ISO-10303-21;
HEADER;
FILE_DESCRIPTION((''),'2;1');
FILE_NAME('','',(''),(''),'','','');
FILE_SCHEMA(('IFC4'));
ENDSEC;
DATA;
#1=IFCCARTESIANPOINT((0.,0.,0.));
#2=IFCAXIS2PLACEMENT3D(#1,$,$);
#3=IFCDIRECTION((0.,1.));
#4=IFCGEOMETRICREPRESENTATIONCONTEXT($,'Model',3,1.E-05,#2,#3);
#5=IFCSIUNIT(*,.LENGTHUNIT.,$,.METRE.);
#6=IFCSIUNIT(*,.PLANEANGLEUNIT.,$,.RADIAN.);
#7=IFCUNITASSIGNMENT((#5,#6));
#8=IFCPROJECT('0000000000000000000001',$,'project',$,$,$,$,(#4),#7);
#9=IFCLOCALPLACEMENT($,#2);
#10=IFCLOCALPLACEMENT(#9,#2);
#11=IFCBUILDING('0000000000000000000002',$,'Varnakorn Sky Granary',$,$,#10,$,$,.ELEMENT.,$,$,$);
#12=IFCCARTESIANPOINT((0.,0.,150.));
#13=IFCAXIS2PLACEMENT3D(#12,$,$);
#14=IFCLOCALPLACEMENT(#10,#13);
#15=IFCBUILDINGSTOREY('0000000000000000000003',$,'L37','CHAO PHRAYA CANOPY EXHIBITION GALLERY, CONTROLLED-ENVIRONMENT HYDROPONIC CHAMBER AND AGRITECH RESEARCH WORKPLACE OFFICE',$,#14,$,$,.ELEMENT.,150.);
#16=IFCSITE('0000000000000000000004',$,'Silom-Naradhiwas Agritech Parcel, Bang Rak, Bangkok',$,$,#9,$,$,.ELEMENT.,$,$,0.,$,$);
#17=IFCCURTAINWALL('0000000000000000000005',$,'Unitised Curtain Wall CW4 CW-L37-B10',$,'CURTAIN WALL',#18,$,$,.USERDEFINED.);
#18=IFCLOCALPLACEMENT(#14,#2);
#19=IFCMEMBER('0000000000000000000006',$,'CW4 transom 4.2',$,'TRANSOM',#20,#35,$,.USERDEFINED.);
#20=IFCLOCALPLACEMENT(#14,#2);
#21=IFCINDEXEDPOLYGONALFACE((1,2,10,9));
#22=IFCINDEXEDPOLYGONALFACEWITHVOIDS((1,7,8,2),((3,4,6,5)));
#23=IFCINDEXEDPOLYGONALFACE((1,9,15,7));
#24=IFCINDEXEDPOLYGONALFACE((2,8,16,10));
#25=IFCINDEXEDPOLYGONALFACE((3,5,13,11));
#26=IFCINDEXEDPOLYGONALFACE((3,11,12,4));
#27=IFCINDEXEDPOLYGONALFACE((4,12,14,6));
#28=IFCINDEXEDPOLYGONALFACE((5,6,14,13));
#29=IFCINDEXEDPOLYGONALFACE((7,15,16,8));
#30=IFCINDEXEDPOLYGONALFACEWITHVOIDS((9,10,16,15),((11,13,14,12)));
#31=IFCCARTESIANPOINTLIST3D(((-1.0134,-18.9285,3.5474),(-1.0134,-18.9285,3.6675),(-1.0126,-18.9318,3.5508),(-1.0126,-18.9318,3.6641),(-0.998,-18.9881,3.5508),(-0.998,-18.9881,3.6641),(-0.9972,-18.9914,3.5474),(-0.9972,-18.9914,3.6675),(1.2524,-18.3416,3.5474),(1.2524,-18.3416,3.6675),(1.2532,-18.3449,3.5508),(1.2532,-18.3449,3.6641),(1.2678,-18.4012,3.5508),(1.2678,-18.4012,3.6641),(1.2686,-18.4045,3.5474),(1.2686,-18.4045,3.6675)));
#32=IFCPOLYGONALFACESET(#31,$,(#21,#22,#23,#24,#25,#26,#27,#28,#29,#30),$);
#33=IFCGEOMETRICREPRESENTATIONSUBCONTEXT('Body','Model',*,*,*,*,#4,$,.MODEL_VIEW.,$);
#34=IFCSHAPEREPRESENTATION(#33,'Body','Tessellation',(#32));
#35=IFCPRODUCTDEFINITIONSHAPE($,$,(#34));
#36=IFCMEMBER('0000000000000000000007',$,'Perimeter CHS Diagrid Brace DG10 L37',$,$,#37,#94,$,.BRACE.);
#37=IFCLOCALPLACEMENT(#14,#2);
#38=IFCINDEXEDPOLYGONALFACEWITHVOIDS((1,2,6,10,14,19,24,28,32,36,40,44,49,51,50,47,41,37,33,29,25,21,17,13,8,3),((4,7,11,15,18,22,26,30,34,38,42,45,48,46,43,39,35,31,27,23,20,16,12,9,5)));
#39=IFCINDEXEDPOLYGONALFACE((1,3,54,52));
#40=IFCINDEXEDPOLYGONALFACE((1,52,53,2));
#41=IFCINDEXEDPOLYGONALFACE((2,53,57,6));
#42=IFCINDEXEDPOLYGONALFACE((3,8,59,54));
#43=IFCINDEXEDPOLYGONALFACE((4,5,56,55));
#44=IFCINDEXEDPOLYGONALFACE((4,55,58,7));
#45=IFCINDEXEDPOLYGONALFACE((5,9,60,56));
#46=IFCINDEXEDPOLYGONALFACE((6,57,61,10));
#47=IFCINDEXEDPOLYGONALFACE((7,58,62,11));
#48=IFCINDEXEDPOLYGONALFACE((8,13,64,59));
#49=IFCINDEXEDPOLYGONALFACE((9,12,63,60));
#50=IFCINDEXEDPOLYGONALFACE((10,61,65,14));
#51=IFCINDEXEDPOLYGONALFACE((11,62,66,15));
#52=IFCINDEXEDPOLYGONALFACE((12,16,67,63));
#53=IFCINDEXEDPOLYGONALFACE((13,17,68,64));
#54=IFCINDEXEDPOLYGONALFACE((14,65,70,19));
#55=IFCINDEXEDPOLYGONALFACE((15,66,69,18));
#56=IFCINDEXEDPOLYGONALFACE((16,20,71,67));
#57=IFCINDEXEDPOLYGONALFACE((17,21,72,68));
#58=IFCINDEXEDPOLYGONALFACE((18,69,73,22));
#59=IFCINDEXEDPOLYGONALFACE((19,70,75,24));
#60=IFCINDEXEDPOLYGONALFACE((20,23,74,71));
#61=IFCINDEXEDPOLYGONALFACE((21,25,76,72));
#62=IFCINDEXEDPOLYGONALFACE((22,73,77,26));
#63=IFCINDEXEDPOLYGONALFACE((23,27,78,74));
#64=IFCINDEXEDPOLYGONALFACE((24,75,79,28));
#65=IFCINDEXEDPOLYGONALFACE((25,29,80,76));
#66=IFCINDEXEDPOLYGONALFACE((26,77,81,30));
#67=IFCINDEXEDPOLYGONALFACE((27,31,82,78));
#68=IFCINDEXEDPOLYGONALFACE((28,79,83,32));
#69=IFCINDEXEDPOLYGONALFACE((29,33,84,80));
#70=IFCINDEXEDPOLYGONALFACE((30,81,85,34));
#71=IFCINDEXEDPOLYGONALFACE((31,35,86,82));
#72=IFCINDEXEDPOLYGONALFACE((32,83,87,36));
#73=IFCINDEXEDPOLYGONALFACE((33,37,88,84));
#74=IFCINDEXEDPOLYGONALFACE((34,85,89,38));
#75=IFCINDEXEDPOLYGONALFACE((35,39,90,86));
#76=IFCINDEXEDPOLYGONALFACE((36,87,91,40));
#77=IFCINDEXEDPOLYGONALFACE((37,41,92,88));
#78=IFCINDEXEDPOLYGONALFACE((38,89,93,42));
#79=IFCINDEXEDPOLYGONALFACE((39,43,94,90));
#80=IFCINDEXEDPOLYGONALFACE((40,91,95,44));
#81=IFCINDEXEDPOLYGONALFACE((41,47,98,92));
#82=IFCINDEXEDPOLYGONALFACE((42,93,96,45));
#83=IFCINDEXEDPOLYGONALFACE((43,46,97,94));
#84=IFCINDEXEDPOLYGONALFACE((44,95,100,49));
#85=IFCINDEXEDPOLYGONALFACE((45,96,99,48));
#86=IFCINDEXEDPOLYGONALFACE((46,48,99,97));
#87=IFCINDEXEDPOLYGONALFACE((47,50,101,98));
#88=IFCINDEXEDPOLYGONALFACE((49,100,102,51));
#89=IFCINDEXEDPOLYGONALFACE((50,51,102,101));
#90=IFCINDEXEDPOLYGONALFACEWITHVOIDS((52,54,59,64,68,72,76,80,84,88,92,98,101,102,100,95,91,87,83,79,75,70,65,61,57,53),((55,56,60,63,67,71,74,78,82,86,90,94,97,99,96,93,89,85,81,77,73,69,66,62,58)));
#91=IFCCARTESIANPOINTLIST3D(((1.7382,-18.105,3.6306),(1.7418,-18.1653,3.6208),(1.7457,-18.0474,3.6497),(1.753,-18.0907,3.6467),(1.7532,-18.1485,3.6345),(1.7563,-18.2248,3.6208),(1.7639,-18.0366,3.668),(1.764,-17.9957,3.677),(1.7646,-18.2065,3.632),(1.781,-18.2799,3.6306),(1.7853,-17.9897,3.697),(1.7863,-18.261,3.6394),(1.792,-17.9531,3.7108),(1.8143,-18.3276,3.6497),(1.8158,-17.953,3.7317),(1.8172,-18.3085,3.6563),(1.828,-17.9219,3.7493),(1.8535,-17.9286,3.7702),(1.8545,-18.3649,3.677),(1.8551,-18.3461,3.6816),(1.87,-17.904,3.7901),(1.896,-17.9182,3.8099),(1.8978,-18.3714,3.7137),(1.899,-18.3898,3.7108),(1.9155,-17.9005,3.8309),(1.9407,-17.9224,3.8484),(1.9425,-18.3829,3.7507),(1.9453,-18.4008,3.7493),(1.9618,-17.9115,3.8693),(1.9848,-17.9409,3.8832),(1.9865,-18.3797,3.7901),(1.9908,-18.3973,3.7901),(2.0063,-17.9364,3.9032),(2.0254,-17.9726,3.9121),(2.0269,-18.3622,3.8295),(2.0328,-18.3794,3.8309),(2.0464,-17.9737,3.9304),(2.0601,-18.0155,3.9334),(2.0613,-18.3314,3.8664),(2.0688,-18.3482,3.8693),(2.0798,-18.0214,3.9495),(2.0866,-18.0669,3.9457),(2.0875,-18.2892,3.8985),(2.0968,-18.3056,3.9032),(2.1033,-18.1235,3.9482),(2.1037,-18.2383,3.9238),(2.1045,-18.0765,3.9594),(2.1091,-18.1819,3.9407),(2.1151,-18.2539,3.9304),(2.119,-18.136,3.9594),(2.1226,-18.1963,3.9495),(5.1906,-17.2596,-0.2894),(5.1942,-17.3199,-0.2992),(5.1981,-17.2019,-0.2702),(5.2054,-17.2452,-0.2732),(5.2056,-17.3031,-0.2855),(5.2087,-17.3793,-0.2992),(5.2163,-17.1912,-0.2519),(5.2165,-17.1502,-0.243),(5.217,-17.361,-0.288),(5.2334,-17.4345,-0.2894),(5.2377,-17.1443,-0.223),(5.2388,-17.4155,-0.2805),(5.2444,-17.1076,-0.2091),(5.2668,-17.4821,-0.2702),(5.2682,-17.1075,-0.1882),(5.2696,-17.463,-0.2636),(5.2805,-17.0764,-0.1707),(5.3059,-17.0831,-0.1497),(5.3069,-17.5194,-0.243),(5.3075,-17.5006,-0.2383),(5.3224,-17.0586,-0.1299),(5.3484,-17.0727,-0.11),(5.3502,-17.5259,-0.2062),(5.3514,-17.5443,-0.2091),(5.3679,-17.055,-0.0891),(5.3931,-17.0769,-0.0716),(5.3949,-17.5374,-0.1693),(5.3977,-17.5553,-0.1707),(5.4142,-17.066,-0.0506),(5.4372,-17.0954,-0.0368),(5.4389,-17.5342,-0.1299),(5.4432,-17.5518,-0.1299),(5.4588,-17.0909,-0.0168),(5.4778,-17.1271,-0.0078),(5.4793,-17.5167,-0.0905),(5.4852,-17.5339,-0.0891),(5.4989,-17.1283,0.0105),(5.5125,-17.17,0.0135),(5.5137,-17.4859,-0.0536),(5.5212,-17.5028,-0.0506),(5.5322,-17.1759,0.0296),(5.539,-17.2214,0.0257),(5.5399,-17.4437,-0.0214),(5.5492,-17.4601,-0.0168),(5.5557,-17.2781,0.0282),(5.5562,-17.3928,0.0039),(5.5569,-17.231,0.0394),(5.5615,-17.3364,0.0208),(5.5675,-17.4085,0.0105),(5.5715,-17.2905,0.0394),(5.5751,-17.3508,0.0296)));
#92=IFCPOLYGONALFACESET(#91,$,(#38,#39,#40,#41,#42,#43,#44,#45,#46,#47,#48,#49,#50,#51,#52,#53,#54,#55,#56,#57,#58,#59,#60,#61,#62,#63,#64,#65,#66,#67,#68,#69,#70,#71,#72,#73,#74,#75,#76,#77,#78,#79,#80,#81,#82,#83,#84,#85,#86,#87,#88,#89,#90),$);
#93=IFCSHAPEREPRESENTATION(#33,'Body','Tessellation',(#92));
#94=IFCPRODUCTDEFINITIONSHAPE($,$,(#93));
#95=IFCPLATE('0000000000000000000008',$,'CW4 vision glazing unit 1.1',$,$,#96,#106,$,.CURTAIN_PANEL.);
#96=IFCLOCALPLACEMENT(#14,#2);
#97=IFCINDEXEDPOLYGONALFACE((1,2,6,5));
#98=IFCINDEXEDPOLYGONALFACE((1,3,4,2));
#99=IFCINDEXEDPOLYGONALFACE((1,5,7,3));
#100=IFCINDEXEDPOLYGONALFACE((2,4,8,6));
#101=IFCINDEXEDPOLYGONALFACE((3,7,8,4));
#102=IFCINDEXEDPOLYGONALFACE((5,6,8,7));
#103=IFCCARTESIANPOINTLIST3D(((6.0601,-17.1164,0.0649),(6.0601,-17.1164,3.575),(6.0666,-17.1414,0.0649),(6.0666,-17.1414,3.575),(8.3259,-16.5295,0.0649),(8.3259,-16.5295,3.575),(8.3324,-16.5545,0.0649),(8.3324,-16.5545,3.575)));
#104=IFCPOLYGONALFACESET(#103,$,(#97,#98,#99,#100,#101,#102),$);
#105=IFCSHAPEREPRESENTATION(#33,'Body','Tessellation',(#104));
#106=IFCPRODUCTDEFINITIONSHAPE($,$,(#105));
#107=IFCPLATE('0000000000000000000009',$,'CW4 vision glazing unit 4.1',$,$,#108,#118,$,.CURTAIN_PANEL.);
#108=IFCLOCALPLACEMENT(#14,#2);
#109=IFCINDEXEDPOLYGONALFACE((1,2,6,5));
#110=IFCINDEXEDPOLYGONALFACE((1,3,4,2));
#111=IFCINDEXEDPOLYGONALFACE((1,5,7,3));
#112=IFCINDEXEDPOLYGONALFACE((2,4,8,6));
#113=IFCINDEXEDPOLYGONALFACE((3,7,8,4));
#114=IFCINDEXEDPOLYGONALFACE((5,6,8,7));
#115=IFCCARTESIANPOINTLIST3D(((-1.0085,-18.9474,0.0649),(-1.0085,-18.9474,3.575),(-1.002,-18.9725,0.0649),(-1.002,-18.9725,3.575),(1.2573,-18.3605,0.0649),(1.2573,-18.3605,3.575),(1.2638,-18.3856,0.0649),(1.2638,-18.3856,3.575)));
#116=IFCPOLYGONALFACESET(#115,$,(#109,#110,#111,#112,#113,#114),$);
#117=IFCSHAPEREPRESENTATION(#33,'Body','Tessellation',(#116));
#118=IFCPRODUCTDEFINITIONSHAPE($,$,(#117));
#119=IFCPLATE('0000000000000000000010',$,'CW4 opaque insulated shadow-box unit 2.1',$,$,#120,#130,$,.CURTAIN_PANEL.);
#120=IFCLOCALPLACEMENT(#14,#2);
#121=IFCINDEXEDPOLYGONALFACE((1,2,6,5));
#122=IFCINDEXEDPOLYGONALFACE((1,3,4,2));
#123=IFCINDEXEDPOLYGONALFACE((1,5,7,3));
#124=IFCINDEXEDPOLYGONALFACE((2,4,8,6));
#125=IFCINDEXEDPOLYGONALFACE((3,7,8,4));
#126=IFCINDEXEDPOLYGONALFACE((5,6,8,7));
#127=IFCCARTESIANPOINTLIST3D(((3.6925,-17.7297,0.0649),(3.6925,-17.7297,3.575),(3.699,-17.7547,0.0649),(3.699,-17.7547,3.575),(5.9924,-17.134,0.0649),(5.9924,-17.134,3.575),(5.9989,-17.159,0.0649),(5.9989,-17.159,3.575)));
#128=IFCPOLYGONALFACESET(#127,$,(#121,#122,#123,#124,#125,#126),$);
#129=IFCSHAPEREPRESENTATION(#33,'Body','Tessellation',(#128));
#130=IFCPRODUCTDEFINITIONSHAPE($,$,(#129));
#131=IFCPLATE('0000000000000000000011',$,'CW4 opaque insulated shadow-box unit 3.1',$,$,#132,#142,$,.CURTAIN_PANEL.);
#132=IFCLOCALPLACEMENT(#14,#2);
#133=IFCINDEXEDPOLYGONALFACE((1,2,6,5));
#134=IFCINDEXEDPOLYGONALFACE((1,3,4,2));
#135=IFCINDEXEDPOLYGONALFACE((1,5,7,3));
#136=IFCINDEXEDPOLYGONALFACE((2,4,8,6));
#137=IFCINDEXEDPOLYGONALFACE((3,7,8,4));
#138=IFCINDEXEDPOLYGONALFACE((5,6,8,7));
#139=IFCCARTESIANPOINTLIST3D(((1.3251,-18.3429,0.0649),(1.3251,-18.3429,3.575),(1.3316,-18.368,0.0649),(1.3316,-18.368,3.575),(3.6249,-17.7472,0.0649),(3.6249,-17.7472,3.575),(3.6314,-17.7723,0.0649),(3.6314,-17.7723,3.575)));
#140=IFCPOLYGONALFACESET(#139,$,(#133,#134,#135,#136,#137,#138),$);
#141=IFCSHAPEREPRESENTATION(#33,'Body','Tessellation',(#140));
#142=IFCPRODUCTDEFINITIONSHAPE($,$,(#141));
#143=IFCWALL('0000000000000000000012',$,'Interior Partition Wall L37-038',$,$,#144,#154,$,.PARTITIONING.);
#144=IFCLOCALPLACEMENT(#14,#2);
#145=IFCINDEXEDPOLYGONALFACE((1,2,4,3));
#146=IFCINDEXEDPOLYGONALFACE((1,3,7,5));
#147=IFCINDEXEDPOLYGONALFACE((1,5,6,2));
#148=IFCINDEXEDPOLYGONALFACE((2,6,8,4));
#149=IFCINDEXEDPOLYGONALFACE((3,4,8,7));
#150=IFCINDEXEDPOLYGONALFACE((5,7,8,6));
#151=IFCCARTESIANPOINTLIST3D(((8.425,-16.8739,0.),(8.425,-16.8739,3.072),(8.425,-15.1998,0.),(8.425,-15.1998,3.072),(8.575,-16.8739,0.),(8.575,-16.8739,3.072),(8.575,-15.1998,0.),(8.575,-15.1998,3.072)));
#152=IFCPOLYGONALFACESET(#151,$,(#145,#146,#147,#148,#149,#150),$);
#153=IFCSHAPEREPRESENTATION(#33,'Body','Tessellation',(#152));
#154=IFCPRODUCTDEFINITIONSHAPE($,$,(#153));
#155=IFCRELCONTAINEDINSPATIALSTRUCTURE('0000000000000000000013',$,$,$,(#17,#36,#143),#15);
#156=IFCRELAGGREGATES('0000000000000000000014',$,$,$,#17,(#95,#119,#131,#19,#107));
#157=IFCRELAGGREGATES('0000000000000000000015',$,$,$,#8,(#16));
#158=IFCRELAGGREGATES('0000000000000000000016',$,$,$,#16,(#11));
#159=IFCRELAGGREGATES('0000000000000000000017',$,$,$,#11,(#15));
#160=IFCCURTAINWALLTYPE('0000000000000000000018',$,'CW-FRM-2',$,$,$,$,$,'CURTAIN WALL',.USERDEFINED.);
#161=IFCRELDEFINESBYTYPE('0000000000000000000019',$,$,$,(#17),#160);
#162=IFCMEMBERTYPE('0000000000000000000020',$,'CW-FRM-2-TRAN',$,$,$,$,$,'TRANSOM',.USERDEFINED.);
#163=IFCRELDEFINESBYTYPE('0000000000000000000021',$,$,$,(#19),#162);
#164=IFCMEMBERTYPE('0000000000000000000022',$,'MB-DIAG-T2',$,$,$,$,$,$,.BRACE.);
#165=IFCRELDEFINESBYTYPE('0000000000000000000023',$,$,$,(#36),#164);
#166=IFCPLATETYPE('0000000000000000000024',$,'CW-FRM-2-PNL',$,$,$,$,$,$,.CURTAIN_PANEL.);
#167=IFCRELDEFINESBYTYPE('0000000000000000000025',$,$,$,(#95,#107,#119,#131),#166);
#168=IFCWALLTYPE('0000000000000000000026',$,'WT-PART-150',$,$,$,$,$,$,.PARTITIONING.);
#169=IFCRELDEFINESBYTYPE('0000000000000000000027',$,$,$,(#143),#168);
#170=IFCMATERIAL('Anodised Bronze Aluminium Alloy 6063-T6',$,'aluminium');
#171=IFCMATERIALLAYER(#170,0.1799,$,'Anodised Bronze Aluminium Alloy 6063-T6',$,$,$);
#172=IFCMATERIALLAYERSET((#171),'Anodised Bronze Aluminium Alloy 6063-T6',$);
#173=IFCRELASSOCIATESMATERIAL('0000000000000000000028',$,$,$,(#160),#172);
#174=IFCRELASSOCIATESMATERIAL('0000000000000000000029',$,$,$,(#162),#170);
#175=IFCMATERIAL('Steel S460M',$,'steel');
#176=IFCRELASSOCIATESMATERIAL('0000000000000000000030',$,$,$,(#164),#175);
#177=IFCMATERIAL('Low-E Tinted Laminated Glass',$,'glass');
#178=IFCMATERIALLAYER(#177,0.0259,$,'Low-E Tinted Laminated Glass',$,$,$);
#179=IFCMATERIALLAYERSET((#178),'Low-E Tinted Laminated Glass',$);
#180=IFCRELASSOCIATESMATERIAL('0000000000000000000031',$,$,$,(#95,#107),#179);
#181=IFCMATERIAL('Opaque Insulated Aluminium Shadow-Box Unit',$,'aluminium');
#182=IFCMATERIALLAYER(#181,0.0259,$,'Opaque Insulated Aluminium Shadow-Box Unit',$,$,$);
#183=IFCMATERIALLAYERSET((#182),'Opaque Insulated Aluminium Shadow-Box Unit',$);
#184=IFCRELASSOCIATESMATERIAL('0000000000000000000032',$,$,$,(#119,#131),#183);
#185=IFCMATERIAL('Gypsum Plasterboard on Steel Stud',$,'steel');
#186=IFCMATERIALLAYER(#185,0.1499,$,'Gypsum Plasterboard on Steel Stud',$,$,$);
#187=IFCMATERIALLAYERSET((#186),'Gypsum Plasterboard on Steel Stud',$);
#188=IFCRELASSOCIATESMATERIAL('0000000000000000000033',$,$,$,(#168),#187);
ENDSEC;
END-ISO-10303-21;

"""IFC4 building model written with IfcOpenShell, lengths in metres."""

from ifc_helpers import new_model, si_unit, direction, frame, frame_2d, origin, origin_2d, place, context, subcontext, project, spatial, rectangle, hollow_rectangle, hollow_circle, extrude, source, transform, mapped, material, layer, layer_set, material_profile, profile_set, type_object, type_shapes, element, aggregate, save


model = new_model("IFC4")

# Units and contexts
model_context = context("Model", 3, precision=1e-05, world=origin(), true_north=direction((0.0, 1.0)))
body_context = subcontext(model_context, "Body", "Model", "MODEL_VIEW")
ifc_project = project(units=[si_unit("LENGTHUNIT", "METRE"), si_unit("PLANEANGLEUNIT", "RADIAN")], contexts=[model_context])

# Site, building, storey
site_placement = place(None, origin())
site = spatial("IfcSite", under=ifc_project, at=site_placement, Name="Silom-Naradhiwas Agritech Parcel, Bang Rak, Bangkok", CompositionType="ELEMENT", RefElevation=0.0)
building_placement = place(site_placement, origin())
building = spatial("IfcBuilding", under=site, at=building_placement, Name="Varnakorn Sky Granary", CompositionType="ELEMENT")
storey_placement = place(building_placement, frame((0.0, 0.0, 150.0)))
storey = spatial("IfcBuildingStorey", under=building, at=storey_placement, Name="L37", Description="CHAO PHRAYA CANOPY EXHIBITION GALLERY, CONTROLLED-ENVIRONMENT HYDROPONIC CHAMBER AND AGRITECH RESEARCH WORKPLACE OFFICE", CompositionType="ELEMENT", Elevation=150.0)

# Curtain wall, member
ifc_material_1 = material(Name="Anodised Bronze Aluminium Alloy 6063-T6", Category="aluminium")
ifc_layer_1 = layer(ifc_material_1, 0.1799, Name="Anodised Bronze Aluminium Alloy 6063-T6")
ifc_layer_set_1 = layer_set([ifc_layer_1], Name="Anodised Bronze Aluminium Alloy 6063-T6")
curtain_wall_type = type_object("IfcCurtainWallType", Name="CW-FRM-2", ElementType="CURTAIN WALL", PredefinedType="USERDEFINED", material=ifc_layer_set_1)
curtain_wall_placement = place(storey_placement, origin())
curtain_wall = element("IfcCurtainWall", 1, at=curtain_wall_placement, inside=storey, type_object=curtain_wall_type, Name="Unitised Curtain Wall CW4 CW-L37-B10", ObjectType="CURTAIN WALL", PredefinedType="USERDEFINED")
ifc_material_profile_1 = material_profile(ifc_material_1, hollow_rectangle(XDim=0.0649, YDim=0.1201, WallThickness=0.0034, at=origin_2d()), Name="ALU TRAN 65x120")
ifc_profile_set_1 = profile_set([ifc_material_profile_1], Name="Anodised Bronze Aluminium Alloy 6063-T6")
member_type_1 = type_object("IfcMemberType", Name="CW-FRM-2-TRAN", ElementType="TRANSOM", PredefinedType="USERDEFINED", material=ifc_profile_set_1)
member_1_placement = place(storey_placement, frame((1.2605, -18.373, 3.6074), z_axis=(-0.968052, -0.250749, 0.0), x_axis=(0.250749, -0.968052, 0.0)))
member_1 = element("IfcMember", 2, at=member_1_placement, type_object=member_type_1, Name="CW4 transom 4.2", ObjectType="TRANSOM", PredefinedType="USERDEFINED", context=body_context, shape_type="SweptSolid", body=[
    extrude(hollow_rectangle(XDim=0.0649, YDim=0.1201, WallThickness=0.0034, at=origin_2d()), origin(), (0.0, 0.0, 1.0), 2.3406),
])

# Member
ifc_material_2 = material(Name="Steel S460M", Category="steel")
ifc_material_profile_2 = material_profile(ifc_material_2, hollow_circle(Radius=0.2539, WallThickness=0.0181, at=origin_2d()), Name="CHS 508x18")
ifc_profile_set_2 = profile_set([ifc_material_profile_2], Name="Steel S460M")
member_type_2 = type_object("IfcMemberType", Name="MB-DIAG-T2", PredefinedType="BRACE", material=ifc_profile_set_2)
member_2_placement = place(storey_placement, frame((5.3828, -17.3052, -0.1299), z_axis=(-0.652445, -0.159778, 0.740801), x_axis=(0.237862, -0.971299, 0.0)))
element("IfcMember", 3, at=member_2_placement, inside=storey, type_object=member_type_2, Name="Perimeter CHS Diagrid Brace DG10 L37", PredefinedType="BRACE", context=body_context, shape_type="SweptSolid", body=[
    extrude(hollow_circle(Radius=0.2539, WallThickness=0.0181, at=origin_2d()), origin(), (0.0, 0.0, 1.0), 5.2915),
])

# Plates
ifc_material_3 = material(Name="Low-E Tinted Laminated Glass", Category="glass")
ifc_layer_2 = layer(ifc_material_3, 0.0259, Name="Low-E Tinted Laminated Glass")
ifc_layer_set_2 = layer_set([ifc_layer_2], Name="Low-E Tinted Laminated Glass")
plate_type = type_object("IfcPlateType", Name="CW-FRM-2-PNL", PredefinedType="CURTAIN_PANEL")
shared_shape_1 = source(origin(), body_context, "Body", "SweptSolid", [
    extrude(rectangle(XDim=2.3406, YDim=0.0259, at=origin_2d()), origin(), (0.0, 0.0, 1.0), 3.51),
])
plate_1_placement = place(storey_placement, frame((7.1963, -16.8354, 0.0649), z_axis=(0.0, 0.0, 1.0), x_axis=(-0.968052, -0.250748, 0.0)))
plate_1 = element("IfcPlate", 4, at=plate_1_placement, type_object=plate_type, material=ifc_layer_set_2, Name="CW4 vision glazing unit 1.1", PredefinedType="CURTAIN_PANEL", context=body_context, shape_type="MappedRepresentation", body=[
    mapped(shared_shape_1, transform((0.0, 0.0, 0.0), x_axis=(1.0, 0.0, 0.0), y_axis=(0.0, 1.0, 0.0), z_axis=(0.0, 0.0, 1.0), scale=1.0)),
])
plate_2_placement = place(storey_placement, frame((0.1277, -18.6665, 0.0649), z_axis=(0.0, 0.0, 1.0), x_axis=(-0.968052, -0.250748, 0.0)))
plate_2 = element("IfcPlate", 5, at=plate_2_placement, type_object=plate_type, material=ifc_layer_set_2, Name="CW4 vision glazing unit 4.1", PredefinedType="CURTAIN_PANEL", context=body_context, shape_type="MappedRepresentation", body=[
    mapped(shared_shape_1, transform((0.0, 0.0, 0.0), x_axis=(1.0, 0.0, 0.0), y_axis=(0.0, 1.0, 0.0), z_axis=(0.0, 0.0, 1.0), scale=1.0)),
])
ifc_material_4 = material(Name="Opaque Insulated Aluminium Shadow-Box Unit", Category="aluminium")
ifc_layer_3 = layer(ifc_material_4, 0.0259, Name="Opaque Insulated Aluminium Shadow-Box Unit")
ifc_layer_set_3 = layer_set([ifc_layer_3], Name="Opaque Insulated Aluminium Shadow-Box Unit")
shared_shape_2 = source(origin(), body_context, "Body", "SweptSolid", [
    extrude(rectangle(XDim=2.3757, YDim=0.0259, at=origin_2d()), origin(), (0.0, 0.0, 1.0), 3.51),
])
type_shapes(plate_type, [shared_shape_1, shared_shape_2])
plate_3_placement = place(storey_placement, frame((4.8457, -17.4443, 0.0649), z_axis=(0.0, 0.0, 1.0), x_axis=(-0.968052, -0.250748, 0.0)))
plate_3 = element("IfcPlate", 6, at=plate_3_placement, type_object=plate_type, material=ifc_layer_set_3, Name="CW4 opaque insulated shadow-box unit 2.1", PredefinedType="CURTAIN_PANEL", context=body_context, shape_type="MappedRepresentation", body=[
    mapped(shared_shape_2, transform((0.0, 0.0, 0.0), x_axis=(1.0, 0.0, 0.0), y_axis=(0.0, 1.0, 0.0), z_axis=(0.0, 0.0, 1.0), scale=1.0)),
])
plate_4_placement = place(storey_placement, frame((2.4783, -18.0576, 0.0649), z_axis=(0.0, 0.0, 1.0), x_axis=(-0.968052, -0.250748, 0.0)))
plate_4 = element("IfcPlate", 7, at=plate_4_placement, type_object=plate_type, material=ifc_layer_set_3, Name="CW4 opaque insulated shadow-box unit 3.1", PredefinedType="CURTAIN_PANEL", context=body_context, shape_type="MappedRepresentation", body=[
    mapped(shared_shape_2, transform((0.0, 0.0, 0.0), x_axis=(1.0, 0.0, 0.0), y_axis=(0.0, 1.0, 0.0), z_axis=(0.0, 0.0, 1.0), scale=1.0)),
])
aggregate(curtain_wall, [plate_1, plate_3, plate_4, member_1, plate_2])

# Wall
ifc_material_5 = material(Name="Gypsum Plasterboard on Steel Stud", Category="steel")
ifc_layer_4 = layer(ifc_material_5, 0.1499, Name="Gypsum Plasterboard on Steel Stud")
ifc_layer_set_4 = layer_set([ifc_layer_4], Name="Gypsum Plasterboard on Steel Stud")
wall_type = type_object("IfcWallType", Name="WT-PART-150", PredefinedType="PARTITIONING", material=ifc_layer_set_4)
wall_placement = place(storey_placement, frame((8.5, -15.2, 0.0), z_axis=(0.0, 0.0, 1.0), x_axis=(0.0, -1.0, 0.0)))
element("IfcWall", 8, at=wall_placement, inside=storey, type_object=wall_type, Name="Interior Partition Wall L37-038", PredefinedType="PARTITIONING", context=body_context, shape_type="SweptSolid", body=[
    extrude(rectangle(XDim=1.6741, YDim=0.1499, at=frame_2d((0.8369, 0.0))), origin(), (0.0, 0.0, 1.0), 3.072),
])

save(model, "model.ifc")
